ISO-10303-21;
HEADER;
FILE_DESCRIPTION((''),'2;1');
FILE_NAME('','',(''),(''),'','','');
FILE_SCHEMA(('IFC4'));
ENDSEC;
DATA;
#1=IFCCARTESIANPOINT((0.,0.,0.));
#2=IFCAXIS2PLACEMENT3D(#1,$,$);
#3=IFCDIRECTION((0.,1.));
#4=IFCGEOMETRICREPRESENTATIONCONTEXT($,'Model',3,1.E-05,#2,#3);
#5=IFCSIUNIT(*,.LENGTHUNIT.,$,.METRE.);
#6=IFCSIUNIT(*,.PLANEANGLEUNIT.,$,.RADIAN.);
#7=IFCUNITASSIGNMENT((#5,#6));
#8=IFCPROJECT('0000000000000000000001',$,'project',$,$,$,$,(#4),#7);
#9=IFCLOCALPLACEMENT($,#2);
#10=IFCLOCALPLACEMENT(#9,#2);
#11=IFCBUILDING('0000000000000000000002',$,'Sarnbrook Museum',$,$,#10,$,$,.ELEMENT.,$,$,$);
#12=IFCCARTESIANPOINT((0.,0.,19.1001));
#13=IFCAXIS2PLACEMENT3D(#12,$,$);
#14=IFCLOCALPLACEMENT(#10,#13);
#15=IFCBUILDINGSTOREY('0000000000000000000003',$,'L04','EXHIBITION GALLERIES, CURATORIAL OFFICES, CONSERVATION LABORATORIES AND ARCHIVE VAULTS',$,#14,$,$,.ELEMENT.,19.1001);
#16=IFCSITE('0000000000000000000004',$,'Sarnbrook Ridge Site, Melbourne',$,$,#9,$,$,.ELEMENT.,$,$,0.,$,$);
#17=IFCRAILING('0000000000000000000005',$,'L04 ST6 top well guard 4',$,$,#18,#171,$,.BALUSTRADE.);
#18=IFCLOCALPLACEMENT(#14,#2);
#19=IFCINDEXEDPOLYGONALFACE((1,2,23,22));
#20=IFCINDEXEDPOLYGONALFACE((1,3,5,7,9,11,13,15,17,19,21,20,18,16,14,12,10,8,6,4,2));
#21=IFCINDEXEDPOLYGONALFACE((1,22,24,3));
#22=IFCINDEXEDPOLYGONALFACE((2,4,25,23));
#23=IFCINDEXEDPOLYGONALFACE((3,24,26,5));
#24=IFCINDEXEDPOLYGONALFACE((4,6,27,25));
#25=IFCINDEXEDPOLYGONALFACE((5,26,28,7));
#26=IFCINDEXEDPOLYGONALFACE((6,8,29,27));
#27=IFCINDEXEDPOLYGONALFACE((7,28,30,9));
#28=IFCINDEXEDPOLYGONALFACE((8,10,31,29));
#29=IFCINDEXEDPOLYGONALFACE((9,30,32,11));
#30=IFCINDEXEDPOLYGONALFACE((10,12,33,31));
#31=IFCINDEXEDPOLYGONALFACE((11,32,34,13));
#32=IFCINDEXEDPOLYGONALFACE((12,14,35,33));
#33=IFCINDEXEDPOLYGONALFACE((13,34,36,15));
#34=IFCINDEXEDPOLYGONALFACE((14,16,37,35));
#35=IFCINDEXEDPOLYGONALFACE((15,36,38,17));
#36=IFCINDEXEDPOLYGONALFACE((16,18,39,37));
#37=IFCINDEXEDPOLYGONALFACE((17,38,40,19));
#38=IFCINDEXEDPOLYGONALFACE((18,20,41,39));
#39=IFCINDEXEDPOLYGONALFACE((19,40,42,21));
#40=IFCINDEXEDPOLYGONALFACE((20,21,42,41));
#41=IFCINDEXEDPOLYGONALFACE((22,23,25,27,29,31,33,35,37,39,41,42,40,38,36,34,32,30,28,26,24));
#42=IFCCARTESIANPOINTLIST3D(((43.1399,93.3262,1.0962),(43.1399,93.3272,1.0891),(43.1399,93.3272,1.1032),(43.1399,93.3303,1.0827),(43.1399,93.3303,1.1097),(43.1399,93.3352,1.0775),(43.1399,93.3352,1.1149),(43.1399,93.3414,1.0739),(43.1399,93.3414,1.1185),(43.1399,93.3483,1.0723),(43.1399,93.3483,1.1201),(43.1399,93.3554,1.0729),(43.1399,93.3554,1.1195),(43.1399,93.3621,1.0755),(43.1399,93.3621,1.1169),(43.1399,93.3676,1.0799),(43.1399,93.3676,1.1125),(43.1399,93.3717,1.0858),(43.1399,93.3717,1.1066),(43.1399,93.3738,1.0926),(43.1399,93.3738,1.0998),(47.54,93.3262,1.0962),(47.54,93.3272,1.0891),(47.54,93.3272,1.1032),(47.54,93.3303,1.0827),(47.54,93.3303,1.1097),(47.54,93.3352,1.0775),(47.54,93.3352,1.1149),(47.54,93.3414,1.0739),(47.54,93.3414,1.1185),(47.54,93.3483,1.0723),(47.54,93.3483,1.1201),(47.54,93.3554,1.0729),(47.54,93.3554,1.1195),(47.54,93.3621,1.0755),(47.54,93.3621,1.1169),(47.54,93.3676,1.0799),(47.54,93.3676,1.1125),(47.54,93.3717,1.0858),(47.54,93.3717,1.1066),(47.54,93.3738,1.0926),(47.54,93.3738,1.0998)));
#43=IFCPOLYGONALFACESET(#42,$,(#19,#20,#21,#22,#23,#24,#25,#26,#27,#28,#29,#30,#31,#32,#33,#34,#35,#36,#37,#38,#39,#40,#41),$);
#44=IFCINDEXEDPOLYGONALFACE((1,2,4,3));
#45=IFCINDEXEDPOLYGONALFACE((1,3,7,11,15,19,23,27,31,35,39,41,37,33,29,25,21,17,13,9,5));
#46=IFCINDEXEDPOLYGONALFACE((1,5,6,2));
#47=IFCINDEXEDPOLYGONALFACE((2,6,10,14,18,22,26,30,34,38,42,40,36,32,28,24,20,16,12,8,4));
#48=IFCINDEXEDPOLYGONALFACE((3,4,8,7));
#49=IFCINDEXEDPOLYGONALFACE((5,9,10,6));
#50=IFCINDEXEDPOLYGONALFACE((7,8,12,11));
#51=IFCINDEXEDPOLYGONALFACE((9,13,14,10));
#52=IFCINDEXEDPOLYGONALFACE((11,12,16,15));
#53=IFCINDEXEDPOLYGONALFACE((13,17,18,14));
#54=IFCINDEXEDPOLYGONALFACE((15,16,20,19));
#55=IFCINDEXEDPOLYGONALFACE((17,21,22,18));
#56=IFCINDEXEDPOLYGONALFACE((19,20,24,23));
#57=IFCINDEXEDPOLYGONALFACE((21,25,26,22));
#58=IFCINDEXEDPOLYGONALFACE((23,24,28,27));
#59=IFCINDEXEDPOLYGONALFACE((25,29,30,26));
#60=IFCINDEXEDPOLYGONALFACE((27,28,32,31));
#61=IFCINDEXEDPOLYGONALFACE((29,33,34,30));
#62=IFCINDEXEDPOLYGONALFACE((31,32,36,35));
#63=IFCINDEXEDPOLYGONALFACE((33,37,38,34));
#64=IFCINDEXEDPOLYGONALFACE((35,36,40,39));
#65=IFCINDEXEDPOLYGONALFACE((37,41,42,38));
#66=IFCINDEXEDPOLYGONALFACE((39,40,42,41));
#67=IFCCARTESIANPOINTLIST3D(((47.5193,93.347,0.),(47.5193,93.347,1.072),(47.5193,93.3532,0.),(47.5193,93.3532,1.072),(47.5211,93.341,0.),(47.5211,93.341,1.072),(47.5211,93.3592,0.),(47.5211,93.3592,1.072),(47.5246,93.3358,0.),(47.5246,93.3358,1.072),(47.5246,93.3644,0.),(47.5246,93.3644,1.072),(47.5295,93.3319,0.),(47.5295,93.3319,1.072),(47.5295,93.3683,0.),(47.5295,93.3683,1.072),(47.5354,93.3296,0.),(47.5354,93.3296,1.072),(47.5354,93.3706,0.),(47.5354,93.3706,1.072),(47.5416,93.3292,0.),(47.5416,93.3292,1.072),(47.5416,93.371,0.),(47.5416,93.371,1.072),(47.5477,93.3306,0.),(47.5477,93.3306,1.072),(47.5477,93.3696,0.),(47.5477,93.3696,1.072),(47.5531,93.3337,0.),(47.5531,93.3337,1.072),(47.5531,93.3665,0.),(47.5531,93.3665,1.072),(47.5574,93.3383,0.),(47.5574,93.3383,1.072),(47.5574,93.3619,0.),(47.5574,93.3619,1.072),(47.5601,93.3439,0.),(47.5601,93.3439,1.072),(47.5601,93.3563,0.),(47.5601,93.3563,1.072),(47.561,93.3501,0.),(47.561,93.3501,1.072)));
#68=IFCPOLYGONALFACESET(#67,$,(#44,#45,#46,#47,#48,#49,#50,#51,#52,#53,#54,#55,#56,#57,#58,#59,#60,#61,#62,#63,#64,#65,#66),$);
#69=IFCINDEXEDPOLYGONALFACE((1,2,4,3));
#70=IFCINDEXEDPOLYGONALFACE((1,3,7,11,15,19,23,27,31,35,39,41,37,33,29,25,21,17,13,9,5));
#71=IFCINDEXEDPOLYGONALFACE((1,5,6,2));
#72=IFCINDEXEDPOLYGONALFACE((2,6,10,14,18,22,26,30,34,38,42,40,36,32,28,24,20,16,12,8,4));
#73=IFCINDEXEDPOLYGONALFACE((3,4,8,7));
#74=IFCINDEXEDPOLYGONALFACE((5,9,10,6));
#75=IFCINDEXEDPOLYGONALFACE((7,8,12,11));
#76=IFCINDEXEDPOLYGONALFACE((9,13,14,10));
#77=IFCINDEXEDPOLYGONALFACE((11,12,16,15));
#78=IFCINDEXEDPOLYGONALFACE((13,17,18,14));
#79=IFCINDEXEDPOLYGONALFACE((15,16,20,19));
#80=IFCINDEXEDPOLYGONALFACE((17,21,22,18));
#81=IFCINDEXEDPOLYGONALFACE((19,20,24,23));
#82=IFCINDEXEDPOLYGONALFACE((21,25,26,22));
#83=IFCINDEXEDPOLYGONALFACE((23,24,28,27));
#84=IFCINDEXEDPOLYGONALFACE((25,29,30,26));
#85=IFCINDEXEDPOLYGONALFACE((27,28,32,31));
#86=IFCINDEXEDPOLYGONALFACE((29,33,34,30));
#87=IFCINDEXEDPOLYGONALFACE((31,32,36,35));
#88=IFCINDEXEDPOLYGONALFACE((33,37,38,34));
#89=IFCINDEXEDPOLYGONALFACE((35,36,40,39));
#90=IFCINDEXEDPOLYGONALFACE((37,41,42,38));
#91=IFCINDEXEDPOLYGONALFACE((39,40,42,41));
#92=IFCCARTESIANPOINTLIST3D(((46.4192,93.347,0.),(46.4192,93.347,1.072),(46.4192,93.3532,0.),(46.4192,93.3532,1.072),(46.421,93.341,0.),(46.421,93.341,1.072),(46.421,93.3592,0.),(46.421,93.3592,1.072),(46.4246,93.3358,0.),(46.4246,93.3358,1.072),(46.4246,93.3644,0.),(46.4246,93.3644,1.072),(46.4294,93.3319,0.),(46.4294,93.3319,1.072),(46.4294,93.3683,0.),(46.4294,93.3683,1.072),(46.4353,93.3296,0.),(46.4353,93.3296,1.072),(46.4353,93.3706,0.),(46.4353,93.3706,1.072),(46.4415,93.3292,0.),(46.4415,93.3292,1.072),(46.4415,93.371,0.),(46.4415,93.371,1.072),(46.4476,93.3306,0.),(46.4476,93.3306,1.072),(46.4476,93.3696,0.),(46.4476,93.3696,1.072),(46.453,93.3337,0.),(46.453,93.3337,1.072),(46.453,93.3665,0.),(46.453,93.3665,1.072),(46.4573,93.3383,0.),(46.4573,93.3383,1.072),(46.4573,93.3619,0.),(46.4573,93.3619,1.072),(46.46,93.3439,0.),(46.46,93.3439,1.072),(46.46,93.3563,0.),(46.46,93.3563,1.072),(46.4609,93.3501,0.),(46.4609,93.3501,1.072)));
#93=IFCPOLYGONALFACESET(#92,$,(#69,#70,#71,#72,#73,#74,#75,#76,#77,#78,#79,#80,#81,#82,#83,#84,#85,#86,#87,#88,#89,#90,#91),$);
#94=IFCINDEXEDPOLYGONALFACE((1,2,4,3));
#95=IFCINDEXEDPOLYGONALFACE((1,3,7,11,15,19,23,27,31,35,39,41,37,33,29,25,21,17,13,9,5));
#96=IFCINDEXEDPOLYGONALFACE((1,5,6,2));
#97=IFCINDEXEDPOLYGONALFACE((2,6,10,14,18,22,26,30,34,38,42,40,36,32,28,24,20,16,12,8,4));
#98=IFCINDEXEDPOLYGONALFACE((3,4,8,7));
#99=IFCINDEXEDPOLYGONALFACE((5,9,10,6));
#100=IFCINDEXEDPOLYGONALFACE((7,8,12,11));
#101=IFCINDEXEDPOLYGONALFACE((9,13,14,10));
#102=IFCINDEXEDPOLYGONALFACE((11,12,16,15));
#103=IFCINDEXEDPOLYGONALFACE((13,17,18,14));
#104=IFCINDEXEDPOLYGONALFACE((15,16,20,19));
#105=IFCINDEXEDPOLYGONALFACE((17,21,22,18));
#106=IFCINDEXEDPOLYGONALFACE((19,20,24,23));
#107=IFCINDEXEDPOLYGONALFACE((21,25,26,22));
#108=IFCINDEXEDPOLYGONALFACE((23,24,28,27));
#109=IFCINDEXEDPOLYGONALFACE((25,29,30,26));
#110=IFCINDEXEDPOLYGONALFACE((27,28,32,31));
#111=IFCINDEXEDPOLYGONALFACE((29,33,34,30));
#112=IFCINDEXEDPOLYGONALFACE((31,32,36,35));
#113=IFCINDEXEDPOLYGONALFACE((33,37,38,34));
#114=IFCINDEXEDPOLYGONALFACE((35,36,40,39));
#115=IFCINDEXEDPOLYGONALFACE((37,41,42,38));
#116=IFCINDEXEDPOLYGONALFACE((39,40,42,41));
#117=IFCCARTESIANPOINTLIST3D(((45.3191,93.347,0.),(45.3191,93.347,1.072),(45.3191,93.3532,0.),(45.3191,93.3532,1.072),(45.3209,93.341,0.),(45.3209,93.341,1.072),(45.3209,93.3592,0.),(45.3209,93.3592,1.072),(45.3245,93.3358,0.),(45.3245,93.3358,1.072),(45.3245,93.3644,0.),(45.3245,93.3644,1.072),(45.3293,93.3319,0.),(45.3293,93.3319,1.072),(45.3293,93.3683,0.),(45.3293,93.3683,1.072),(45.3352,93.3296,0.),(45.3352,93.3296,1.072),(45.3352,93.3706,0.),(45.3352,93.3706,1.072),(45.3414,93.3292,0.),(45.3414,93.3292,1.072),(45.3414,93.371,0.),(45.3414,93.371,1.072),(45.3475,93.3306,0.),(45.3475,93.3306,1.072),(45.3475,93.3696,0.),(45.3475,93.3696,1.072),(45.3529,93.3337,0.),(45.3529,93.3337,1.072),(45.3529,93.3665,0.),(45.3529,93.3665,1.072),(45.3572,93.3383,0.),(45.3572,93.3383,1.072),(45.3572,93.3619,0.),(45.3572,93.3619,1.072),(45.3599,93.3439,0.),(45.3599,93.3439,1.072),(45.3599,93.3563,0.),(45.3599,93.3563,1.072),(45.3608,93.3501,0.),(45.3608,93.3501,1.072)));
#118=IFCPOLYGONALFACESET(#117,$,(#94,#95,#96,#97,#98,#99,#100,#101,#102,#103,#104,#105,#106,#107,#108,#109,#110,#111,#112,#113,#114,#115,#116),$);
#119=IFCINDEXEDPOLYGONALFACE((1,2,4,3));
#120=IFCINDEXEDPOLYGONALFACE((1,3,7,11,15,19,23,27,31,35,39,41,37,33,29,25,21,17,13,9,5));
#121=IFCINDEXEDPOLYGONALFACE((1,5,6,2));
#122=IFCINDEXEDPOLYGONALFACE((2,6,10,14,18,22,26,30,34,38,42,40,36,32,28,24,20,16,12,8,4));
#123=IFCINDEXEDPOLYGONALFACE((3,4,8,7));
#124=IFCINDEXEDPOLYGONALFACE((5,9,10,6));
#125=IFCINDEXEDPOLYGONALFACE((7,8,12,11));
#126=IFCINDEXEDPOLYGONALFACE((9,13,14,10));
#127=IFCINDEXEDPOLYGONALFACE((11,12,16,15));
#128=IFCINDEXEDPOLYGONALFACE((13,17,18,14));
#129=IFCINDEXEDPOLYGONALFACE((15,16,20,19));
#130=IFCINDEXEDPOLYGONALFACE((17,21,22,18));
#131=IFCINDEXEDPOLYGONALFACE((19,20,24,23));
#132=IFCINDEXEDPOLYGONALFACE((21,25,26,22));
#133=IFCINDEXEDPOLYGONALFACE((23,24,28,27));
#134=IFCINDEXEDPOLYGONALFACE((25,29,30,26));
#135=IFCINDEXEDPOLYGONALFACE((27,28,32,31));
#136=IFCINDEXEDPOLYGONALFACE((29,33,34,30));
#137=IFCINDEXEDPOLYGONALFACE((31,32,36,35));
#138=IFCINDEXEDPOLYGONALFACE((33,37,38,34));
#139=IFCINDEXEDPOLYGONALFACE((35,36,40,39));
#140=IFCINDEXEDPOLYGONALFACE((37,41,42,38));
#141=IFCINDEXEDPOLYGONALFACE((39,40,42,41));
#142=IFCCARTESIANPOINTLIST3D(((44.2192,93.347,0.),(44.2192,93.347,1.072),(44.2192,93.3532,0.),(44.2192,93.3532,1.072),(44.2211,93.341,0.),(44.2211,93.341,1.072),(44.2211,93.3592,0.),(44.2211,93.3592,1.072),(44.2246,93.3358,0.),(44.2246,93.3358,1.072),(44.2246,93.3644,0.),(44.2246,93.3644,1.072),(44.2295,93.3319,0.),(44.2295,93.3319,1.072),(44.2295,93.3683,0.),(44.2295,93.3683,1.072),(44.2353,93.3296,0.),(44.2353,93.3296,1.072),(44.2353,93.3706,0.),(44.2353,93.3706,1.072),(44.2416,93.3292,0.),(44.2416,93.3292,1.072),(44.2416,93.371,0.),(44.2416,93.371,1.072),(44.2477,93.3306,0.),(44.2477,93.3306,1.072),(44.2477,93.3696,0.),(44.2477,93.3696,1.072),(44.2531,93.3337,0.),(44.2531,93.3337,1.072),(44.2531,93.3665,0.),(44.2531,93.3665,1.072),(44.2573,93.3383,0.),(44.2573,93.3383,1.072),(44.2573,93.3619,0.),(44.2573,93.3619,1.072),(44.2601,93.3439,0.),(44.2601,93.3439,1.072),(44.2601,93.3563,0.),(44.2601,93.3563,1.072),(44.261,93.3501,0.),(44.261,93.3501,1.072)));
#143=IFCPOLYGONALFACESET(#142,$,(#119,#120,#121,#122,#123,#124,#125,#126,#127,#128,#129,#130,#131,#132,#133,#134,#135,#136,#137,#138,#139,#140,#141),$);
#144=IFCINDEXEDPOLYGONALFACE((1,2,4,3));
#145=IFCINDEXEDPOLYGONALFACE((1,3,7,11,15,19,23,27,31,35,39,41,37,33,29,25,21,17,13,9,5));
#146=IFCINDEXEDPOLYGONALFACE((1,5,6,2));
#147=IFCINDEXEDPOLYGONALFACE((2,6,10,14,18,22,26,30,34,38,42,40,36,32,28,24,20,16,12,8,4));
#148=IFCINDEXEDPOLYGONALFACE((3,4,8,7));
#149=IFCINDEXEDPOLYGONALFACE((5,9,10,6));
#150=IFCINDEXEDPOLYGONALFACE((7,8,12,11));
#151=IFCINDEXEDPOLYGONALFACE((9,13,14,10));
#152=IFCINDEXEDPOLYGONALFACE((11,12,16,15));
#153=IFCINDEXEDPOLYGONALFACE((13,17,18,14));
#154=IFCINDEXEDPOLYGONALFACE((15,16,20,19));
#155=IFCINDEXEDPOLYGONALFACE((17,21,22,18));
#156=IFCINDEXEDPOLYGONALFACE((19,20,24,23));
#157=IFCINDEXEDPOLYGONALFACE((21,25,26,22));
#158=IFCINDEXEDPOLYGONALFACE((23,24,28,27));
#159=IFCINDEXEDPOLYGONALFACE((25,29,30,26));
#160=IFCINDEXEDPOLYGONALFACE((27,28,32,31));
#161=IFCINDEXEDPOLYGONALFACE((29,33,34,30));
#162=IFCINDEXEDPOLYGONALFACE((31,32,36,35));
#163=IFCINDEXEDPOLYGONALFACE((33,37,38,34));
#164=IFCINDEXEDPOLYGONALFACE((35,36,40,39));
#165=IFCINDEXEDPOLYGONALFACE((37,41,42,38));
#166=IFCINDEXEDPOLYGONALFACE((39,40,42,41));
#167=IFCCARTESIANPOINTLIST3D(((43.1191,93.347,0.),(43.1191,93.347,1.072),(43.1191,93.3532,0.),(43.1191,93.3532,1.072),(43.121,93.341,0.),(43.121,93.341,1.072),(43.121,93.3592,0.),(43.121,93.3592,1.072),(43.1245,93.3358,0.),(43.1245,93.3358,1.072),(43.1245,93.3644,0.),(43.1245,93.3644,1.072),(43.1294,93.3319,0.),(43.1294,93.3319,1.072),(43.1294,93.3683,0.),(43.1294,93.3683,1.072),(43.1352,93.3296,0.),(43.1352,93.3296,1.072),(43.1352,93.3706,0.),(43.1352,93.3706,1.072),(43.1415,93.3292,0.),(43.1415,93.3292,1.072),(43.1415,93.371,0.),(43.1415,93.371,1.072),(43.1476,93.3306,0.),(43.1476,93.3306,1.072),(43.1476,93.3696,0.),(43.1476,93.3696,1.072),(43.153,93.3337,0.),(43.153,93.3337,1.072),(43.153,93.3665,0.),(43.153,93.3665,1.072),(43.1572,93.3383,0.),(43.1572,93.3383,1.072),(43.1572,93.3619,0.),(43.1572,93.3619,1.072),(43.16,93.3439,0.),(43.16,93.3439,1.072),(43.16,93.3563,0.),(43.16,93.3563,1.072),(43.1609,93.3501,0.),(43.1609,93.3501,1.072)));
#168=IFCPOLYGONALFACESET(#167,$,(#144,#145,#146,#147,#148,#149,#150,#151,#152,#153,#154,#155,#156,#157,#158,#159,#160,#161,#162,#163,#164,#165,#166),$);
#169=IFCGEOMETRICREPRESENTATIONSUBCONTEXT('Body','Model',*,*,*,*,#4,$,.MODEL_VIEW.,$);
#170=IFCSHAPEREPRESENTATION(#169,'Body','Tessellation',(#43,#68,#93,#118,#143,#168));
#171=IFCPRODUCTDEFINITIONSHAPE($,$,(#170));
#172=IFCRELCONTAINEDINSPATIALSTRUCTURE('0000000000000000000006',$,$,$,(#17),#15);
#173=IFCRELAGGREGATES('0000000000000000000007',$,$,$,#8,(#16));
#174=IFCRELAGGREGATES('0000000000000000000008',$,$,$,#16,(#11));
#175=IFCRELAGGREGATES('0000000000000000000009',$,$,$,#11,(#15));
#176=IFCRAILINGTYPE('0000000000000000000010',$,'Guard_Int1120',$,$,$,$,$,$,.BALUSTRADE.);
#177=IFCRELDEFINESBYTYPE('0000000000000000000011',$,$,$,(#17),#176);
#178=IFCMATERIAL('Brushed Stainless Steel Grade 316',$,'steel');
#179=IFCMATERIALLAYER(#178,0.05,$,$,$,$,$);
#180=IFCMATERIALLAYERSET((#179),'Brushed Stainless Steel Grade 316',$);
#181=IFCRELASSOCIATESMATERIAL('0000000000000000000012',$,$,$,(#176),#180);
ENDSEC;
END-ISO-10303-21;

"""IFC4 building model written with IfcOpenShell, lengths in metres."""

from ifc_helpers import new_model, si_unit, direction, frame, origin, origin_2d, place, context, subcontext, project, spatial, circle, extrude, material, layer, layer_set, type_object, element, save


model = new_model("IFC4")

# Units and contexts
model_context = context("Model", 3, precision=1e-05, world=origin(), true_north=direction((0.0, 1.0)))
body_context = subcontext(model_context, "Body", "Model", "MODEL_VIEW")
ifc_project = project(units=[si_unit("LENGTHUNIT", "METRE"), si_unit("PLANEANGLEUNIT", "RADIAN")], contexts=[model_context])

# Site, building, storey
site_placement = place(None, origin())
site = spatial("IfcSite", under=ifc_project, at=site_placement, Name="Sarnbrook Ridge Site, Melbourne", CompositionType="ELEMENT", RefElevation=0.0)
building_placement = place(site_placement, origin())
building = spatial("IfcBuilding", under=site, at=building_placement, Name="Sarnbrook Museum", CompositionType="ELEMENT")
storey_placement = place(building_placement, frame((0.0, 0.0, 19.1001)))
storey = spatial("IfcBuildingStorey", under=building, at=storey_placement, Name="L04", Description="EXHIBITION GALLERIES, CURATORIAL OFFICES, CONSERVATION LABORATORIES AND ARCHIVE VAULTS", CompositionType="ELEMENT", Elevation=19.1001)

# Railing
ifc_material_1 = material(Name="Brushed Stainless Steel Grade 316", Category="steel")
ifc_layer_1 = layer(ifc_material_1, 0.05)
ifc_layer_set_1 = layer_set([ifc_layer_1], Name="Brushed Stainless Steel Grade 316")
railing_type = type_object("IfcRailingType", Name="Guard_Int1120", PredefinedType="BALUSTRADE", material=ifc_layer_set_1)
railing_placement = place(storey_placement, frame((47.54, 93.3501, 0.0)))
element("IfcRailing", 1, at=railing_placement, inside=storey, type_object=railing_type, Name="L04 ST6 top well guard 4", PredefinedType="BALUSTRADE", context=body_context, shape_type="SweptSolid", body=[
    extrude(circle(Radius=0.0239, at=origin_2d()), frame((0.0, 0.0, 1.0962), z_axis=(-1.0, 0.0, 0.0), x_axis=(0.0, -1.0, 0.0)), (0.0, 0.0, 1.0), 4.4001),
    extrude(circle(Radius=0.021, at=origin_2d()), origin(), (0.0, 0.0, 1.0), 1.072),
    extrude(circle(Radius=0.021, at=origin_2d()), frame((-1.1001, 0.0, 0.0)), (0.0, 0.0, 1.0), 1.072),
    extrude(circle(Radius=0.021, at=origin_2d()), frame((-2.2002, 0.0, 0.0)), (0.0, 0.0, 1.0), 1.072),
    extrude(circle(Radius=0.021, at=origin_2d()), frame((-3.3, 0.0, 0.0)), (0.0, 0.0, 1.0), 1.072),
    extrude(circle(Radius=0.021, at=origin_2d()), frame((-4.4001, 0.0, 0.0)), (0.0, 0.0, 1.0), 1.072),
])

save(model, "model.ifc")
